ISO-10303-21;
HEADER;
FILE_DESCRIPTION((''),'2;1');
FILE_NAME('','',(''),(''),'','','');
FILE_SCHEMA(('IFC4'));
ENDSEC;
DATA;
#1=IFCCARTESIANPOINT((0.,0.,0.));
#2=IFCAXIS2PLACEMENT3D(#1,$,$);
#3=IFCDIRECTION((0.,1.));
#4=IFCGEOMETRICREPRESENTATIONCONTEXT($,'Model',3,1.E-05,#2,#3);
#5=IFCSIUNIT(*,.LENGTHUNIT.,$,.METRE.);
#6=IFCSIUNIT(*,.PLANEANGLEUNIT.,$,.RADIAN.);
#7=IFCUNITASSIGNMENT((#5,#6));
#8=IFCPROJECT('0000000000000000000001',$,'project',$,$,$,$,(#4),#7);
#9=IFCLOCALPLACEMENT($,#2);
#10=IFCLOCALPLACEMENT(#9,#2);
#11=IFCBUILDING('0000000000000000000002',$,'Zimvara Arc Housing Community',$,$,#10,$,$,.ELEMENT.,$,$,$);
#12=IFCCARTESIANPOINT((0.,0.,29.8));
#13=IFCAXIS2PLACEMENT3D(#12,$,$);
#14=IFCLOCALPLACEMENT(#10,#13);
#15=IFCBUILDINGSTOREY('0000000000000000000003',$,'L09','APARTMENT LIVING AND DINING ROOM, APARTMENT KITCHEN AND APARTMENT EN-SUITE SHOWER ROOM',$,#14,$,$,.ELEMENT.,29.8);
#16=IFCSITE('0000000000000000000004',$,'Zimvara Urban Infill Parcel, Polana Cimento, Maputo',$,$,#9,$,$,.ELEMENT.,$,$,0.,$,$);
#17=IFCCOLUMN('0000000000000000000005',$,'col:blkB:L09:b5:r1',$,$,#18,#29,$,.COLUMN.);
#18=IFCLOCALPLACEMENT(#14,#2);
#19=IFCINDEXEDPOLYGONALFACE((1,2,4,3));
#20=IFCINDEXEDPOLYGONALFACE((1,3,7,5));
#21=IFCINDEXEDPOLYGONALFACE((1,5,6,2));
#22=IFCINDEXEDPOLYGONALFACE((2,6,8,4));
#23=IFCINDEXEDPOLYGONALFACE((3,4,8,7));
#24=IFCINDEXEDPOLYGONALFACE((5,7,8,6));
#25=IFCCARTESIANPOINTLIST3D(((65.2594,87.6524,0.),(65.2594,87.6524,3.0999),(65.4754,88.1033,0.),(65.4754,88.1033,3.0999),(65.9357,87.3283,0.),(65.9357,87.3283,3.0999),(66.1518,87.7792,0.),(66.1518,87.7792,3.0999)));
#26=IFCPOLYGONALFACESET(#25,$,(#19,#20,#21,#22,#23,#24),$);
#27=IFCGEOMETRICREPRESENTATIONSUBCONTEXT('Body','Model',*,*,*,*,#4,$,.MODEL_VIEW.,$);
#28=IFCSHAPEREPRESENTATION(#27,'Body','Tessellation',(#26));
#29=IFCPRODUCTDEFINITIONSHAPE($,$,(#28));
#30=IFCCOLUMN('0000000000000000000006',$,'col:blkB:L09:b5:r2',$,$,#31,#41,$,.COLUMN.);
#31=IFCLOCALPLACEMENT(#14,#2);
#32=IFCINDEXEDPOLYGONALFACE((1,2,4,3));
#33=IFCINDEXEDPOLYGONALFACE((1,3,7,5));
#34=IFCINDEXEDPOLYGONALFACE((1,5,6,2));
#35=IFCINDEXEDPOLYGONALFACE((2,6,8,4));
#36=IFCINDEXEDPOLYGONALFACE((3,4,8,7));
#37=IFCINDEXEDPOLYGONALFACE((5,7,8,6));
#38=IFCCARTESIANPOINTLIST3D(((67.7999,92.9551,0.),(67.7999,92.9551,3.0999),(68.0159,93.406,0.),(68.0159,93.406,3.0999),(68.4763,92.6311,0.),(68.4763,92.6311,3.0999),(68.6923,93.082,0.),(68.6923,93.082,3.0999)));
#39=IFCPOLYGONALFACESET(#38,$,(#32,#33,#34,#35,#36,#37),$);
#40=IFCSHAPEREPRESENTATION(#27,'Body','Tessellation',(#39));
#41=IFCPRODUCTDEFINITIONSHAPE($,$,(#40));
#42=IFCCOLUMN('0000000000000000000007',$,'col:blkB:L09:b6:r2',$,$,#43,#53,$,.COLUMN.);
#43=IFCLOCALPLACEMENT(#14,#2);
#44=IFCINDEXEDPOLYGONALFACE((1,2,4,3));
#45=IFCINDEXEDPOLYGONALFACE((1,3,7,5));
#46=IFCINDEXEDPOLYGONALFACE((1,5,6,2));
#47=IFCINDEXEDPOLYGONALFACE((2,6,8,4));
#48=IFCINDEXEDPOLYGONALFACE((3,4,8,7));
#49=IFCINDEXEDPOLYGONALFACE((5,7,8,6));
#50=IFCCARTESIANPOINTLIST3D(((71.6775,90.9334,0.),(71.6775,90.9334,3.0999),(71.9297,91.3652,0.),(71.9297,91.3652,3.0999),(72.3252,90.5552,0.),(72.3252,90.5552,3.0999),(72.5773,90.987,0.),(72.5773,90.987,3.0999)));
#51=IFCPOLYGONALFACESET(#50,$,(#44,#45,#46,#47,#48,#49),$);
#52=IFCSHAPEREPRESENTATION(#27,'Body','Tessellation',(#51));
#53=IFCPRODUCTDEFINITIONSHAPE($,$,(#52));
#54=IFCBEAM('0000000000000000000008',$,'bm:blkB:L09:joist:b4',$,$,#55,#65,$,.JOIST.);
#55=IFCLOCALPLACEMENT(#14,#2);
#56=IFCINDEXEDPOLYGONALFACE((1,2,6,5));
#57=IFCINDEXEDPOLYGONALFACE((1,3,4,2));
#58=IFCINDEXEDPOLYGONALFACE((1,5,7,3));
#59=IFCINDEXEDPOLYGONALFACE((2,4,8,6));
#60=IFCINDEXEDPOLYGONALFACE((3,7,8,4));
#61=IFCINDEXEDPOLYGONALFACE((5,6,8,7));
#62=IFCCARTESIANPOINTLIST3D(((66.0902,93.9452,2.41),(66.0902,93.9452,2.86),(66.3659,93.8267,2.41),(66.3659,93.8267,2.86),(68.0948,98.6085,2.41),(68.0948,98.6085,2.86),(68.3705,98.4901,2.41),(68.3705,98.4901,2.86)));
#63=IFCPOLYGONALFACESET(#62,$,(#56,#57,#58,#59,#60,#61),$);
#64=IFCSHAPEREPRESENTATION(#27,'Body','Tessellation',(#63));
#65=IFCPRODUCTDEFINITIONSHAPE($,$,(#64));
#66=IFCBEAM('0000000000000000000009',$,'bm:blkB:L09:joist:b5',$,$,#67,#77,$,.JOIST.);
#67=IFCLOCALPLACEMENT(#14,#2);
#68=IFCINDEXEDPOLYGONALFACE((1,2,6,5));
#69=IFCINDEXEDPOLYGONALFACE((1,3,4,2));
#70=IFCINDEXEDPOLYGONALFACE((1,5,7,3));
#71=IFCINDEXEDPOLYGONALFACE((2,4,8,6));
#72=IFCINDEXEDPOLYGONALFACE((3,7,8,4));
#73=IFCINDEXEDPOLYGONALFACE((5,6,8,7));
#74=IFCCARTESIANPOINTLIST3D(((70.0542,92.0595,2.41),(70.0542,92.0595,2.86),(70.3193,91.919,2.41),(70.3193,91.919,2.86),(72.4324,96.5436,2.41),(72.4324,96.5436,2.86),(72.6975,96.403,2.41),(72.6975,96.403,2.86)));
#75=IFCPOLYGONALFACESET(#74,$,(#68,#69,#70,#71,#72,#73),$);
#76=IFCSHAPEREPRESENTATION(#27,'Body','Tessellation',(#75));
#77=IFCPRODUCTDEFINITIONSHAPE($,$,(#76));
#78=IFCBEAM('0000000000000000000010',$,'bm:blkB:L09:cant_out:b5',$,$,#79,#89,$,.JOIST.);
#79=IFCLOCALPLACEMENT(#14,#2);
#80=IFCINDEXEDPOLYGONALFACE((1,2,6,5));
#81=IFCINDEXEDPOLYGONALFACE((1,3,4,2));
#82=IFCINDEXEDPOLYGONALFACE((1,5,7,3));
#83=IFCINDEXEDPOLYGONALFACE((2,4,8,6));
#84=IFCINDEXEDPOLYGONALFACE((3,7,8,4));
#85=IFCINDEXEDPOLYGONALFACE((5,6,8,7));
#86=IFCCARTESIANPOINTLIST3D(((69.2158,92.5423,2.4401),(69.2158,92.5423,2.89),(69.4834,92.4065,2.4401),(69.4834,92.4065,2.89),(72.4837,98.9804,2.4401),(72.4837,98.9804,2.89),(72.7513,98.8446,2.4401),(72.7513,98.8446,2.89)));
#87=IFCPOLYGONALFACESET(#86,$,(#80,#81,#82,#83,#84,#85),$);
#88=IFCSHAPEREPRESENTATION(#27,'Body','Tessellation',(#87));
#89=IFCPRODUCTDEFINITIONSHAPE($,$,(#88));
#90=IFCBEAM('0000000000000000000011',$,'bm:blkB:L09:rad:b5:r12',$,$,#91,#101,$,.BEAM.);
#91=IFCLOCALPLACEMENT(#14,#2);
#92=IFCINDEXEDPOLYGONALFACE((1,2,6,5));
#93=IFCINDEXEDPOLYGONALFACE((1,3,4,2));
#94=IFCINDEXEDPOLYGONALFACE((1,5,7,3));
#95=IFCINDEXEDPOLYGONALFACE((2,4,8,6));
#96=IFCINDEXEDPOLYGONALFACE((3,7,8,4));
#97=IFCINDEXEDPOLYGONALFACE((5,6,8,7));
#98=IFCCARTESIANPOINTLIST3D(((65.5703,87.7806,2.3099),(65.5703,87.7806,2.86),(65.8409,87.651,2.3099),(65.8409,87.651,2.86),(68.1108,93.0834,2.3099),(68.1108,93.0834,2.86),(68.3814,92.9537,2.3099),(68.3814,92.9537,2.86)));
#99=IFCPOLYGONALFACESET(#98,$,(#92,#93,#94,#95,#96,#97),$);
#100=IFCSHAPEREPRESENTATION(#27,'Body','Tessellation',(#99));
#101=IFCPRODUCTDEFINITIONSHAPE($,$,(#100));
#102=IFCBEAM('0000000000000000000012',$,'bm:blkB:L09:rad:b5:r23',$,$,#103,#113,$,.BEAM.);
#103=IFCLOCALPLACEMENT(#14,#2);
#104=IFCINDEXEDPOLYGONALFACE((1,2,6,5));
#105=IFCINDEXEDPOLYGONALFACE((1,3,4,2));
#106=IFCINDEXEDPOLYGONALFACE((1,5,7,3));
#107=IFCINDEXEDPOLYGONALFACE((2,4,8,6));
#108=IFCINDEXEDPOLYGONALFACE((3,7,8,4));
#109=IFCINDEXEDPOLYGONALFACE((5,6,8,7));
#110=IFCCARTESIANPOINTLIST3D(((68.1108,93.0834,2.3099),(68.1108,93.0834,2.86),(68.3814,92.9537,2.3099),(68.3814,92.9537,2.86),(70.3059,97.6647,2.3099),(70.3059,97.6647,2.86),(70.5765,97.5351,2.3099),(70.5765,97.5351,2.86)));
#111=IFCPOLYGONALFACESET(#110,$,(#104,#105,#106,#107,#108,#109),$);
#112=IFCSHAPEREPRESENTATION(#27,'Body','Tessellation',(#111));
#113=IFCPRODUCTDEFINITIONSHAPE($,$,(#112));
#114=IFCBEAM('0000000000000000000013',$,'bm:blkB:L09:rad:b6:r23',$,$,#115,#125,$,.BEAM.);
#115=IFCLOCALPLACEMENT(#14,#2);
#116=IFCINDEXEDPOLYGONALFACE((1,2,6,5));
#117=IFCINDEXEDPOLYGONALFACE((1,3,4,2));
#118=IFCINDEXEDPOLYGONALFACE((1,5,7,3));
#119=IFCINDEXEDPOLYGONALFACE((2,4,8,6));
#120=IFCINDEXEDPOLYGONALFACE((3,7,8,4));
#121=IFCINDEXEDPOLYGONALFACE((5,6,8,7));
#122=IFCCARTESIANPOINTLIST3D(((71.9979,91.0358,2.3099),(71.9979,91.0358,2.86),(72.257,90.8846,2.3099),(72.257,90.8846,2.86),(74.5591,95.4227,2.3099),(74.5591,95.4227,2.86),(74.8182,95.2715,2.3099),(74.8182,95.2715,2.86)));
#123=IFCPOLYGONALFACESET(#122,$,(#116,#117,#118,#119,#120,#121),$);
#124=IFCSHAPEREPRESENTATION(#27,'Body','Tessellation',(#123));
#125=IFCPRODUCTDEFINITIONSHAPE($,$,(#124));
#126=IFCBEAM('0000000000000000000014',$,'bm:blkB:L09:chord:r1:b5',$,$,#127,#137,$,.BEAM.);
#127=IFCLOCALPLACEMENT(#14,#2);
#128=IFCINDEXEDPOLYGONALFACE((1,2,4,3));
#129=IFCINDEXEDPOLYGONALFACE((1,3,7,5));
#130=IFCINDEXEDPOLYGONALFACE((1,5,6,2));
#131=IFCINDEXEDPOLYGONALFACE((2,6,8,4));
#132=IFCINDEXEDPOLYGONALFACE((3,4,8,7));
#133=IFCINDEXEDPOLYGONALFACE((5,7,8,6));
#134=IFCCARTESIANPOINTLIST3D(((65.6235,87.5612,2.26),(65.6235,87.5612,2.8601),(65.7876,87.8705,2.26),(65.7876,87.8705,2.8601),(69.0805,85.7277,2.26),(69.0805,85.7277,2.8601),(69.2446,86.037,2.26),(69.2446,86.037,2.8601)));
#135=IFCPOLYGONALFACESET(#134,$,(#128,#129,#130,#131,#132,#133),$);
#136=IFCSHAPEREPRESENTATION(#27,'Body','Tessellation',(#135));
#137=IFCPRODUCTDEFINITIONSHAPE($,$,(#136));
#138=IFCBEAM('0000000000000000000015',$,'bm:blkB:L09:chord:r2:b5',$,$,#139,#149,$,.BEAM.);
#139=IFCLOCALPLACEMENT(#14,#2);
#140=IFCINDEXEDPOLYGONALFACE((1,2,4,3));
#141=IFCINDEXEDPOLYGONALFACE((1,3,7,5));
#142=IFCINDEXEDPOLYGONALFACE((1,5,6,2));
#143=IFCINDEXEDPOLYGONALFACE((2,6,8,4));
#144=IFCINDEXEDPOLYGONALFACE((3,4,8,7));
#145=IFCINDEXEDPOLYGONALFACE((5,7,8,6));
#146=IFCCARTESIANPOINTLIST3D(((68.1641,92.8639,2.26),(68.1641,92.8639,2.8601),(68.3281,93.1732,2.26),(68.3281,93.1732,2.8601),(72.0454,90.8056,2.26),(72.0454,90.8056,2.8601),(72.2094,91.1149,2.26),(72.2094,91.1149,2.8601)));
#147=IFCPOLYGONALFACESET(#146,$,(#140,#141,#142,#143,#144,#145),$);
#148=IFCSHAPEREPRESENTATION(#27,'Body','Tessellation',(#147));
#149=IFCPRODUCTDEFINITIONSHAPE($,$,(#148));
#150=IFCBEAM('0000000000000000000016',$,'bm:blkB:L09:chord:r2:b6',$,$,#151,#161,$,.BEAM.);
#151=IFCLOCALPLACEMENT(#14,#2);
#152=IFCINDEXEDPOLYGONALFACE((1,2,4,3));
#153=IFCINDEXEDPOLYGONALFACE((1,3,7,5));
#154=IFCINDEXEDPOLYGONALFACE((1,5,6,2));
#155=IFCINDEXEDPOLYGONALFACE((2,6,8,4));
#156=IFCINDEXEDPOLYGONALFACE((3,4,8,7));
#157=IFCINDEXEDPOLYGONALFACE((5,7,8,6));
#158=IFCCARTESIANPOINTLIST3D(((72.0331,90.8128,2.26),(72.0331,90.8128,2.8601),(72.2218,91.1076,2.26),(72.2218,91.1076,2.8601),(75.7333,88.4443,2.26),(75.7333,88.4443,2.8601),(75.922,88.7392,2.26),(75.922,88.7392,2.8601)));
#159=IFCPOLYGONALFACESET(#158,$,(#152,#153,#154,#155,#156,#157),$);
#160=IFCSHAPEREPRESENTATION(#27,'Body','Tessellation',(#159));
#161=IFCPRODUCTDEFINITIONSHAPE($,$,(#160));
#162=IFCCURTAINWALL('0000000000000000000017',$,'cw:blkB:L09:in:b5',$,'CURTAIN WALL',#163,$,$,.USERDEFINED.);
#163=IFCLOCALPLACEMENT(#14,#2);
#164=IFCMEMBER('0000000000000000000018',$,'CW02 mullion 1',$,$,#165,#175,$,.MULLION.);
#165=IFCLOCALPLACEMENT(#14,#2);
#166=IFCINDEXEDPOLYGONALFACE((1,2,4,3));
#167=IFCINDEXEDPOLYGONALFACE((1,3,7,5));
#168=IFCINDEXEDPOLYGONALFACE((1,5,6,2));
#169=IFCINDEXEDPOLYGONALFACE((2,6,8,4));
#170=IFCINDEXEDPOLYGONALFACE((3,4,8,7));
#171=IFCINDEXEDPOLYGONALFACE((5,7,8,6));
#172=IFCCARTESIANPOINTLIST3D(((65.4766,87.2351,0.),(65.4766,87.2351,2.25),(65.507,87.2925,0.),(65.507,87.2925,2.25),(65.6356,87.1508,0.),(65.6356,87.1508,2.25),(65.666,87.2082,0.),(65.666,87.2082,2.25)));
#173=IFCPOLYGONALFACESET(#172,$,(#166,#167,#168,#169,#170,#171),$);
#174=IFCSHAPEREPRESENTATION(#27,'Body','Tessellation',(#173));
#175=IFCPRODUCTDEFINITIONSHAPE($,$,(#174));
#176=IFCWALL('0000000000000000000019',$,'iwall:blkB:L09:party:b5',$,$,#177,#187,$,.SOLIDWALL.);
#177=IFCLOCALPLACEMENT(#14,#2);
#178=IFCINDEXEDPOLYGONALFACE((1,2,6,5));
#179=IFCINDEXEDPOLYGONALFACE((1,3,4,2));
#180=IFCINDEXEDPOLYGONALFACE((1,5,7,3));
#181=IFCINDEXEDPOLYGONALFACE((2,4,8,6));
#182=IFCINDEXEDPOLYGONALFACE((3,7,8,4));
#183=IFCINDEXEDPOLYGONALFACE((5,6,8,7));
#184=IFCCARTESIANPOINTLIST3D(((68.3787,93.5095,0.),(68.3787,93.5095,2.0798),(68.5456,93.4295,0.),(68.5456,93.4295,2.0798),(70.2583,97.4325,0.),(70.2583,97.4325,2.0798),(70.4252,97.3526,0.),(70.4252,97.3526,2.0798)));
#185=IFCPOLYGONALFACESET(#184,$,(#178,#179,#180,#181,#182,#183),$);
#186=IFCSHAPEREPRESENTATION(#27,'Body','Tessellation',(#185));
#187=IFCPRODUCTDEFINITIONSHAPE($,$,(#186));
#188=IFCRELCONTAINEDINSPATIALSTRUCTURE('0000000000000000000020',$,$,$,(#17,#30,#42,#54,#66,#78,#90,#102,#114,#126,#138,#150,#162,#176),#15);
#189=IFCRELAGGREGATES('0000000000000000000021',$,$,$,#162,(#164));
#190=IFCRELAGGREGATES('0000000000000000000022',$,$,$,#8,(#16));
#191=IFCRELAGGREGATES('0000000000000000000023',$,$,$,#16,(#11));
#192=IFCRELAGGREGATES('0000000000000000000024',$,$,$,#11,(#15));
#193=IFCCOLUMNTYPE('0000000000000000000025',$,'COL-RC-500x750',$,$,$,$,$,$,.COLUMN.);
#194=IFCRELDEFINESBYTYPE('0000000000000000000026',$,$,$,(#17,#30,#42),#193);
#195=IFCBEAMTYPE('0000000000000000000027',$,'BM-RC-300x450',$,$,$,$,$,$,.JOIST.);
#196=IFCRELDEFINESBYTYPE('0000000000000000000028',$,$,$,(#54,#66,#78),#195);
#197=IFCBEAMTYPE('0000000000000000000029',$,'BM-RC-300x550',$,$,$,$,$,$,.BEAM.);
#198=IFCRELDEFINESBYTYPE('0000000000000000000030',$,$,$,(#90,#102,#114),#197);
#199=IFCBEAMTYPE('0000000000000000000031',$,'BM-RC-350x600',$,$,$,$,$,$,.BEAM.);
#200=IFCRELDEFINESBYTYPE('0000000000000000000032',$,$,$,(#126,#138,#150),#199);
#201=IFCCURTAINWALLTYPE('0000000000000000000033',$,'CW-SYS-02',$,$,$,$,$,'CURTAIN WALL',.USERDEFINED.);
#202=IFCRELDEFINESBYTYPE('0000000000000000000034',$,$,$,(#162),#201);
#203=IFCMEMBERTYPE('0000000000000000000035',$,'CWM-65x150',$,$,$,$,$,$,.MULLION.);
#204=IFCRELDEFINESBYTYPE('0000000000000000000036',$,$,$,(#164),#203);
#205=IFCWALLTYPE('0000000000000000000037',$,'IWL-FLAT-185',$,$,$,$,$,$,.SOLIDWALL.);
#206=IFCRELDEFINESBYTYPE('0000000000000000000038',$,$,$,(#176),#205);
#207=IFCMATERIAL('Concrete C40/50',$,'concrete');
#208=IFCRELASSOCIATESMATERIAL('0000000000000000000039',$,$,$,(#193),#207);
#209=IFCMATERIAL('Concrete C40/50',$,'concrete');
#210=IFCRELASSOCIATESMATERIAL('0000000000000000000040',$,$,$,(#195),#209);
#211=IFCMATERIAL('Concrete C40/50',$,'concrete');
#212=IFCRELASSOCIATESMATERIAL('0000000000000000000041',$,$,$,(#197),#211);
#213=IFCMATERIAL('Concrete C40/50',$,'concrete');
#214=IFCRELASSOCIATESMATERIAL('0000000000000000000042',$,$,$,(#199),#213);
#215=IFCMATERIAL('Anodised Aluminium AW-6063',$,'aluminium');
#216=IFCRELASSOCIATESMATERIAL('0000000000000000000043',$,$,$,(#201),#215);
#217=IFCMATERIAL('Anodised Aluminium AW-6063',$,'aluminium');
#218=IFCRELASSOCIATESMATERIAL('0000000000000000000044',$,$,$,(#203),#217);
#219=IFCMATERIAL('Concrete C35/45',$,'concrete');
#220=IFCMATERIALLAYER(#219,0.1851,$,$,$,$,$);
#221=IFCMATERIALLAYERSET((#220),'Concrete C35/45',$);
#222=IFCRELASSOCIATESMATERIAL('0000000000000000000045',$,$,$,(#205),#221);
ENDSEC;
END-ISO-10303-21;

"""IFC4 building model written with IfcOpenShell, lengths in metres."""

from ifc_helpers import new_model, si_unit, direction, frame, frame_2d, origin, origin_2d, place, context, subcontext, project, spatial, rectangle, extrude, material, layer, layer_set, material_profile, profile_set, type_object, element, aggregate, save


model = new_model("IFC4")

# Units and contexts
model_context = context("Model", 3, precision=1e-05, world=origin(), true_north=direction((0.0, 1.0)))
body_context = subcontext(model_context, "Body", "Model", "MODEL_VIEW")
ifc_project = project(units=[si_unit("LENGTHUNIT", "METRE"), si_unit("PLANEANGLEUNIT", "RADIAN")], contexts=[model_context])

# Site, building, storey
site_placement = place(None, origin())
site = spatial("IfcSite", under=ifc_project, at=site_placement, Name="Zimvara Urban Infill Parcel, Polana Cimento, Maputo", CompositionType="ELEMENT", RefElevation=0.0)
building_placement = place(site_placement, origin())
building = spatial("IfcBuilding", under=site, at=building_placement, Name="Zimvara Arc Housing Community", CompositionType="ELEMENT")
storey_placement = place(building_placement, frame((0.0, 0.0, 29.8)))
storey = spatial("IfcBuildingStorey", under=building, at=storey_placement, Name="L09", Description="APARTMENT LIVING AND DINING ROOM, APARTMENT KITCHEN AND APARTMENT EN-SUITE SHOWER ROOM", CompositionType="ELEMENT", Elevation=29.8)

# Columns
ifc_material_1 = material(Name="Concrete C40/50", Category="concrete")
ifc_material_profile_1 = material_profile(ifc_material_1, rectangle(XDim=0.5, YDim=0.75, at=origin_2d()), Name="RC 500x750")
ifc_profile_set_1 = profile_set([ifc_material_profile_1], Name="Concrete C40/50")
column_type = type_object("IfcColumnType", Name="COL-RC-500x750", PredefinedType="COLUMN", material=ifc_profile_set_1)
for number, where, z_axis, x_axis, name in (
    (1, (65.7056, 87.7158, 0.0), (0.0, 0.0, 1.0), (0.432086, 0.901833, 0.0), "col:blkB:L09:b5:r1"),
    (2, (68.2461, 93.0186, 0.0), (0.0, 0.0, 1.0), (0.432086, 0.901833, 0.0), "col:blkB:L09:b5:r2"),
    (3, (72.1274, 90.9602, 0.0), (0.0, 0.0, 1.0), (0.504226, 0.863572, 0.0), "col:blkB:L09:b6:r2"),
):
    element("IfcColumn", number, at=place(storey_placement, frame(where, z_axis=z_axis, x_axis=x_axis)), inside=storey, type_object=column_type, Name=name, PredefinedType="COLUMN", context=body_context, shape_type="SweptSolid", body=[
        extrude(rectangle(XDim=0.5, YDim=0.75, at=origin_2d()), origin(), (0.0, 0.0, 1.0), 3.0999),
    ])

# Beams
ifc_material_2 = material(Name="Concrete C40/50", Category="concrete")
ifc_material_profile_2 = material_profile(ifc_material_2, rectangle(XDim=0.3, YDim=0.45, at=origin_2d()), Name="RC 300x450")
ifc_profile_set_2 = profile_set([ifc_material_profile_2], Name="Concrete C40/50")
beam_type_1 = type_object("IfcBeamType", Name="BM-RC-300x450", PredefinedType="JOIST", material=ifc_profile_set_2)
beam_1_placement = place(storey_placement, frame((66.228, 93.886, 2.635), z_axis=(0.394929, 0.918712, 0.0), x_axis=(-0.918712, 0.394929, 0.0)))
element("IfcBeam", 4, at=beam_1_placement, inside=storey, type_object=beam_type_1, Name="bm:blkB:L09:joist:b4", PredefinedType="JOIST", context=body_context, shape_type="SweptSolid", body=[
    extrude(rectangle(XDim=0.3, YDim=0.45, at=origin_2d()), origin(), (0.0, 0.0, 1.0), 5.0759),
])
beam_2_placement = place(storey_placement, frame((70.1868, 91.9893, 2.635), z_axis=(0.468537, 0.883444, 0.0), x_axis=(-0.883444, 0.468537, 0.0)))
element("IfcBeam", 5, at=beam_2_placement, inside=storey, type_object=beam_type_1, Name="bm:blkB:L09:joist:b5", PredefinedType="JOIST", context=body_context, shape_type="SweptSolid", body=[
    extrude(rectangle(XDim=0.3, YDim=0.45, at=origin_2d()), origin(), (0.0, 0.0, 1.0), 5.0757),
])
beam_3_placement = place(storey_placement, frame((69.3496, 92.4744, 2.665), z_axis=(0.452616, 0.891706, 0.0), x_axis=(-0.891706, 0.452616, 0.0)))
element("IfcBeam", 6, at=beam_3_placement, inside=storey, type_object=beam_type_1, Name="bm:blkB:L09:cant_out:b5", PredefinedType="JOIST", context=body_context, shape_type="SweptSolid", body=[
    extrude(rectangle(XDim=0.3, YDim=0.45, at=origin_2d()), origin(), (0.0, 0.0, 1.0), 7.22),
])
ifc_material_3 = material(Name="Concrete C40/50", Category="concrete")
ifc_material_profile_3 = material_profile(ifc_material_3, rectangle(XDim=0.3, YDim=0.55, at=origin_2d()), Name="RC 300x550")
ifc_profile_set_3 = profile_set([ifc_material_profile_3], Name="Concrete C40/50")
beam_type_2 = type_object("IfcBeamType", Name="BM-RC-300x550", PredefinedType="BEAM", material=ifc_profile_set_3)
beam_4_placement = place(storey_placement, frame((65.7056, 87.7158, 2.585), z_axis=(0.43207, 0.90184, 0.0), x_axis=(-0.90184, 0.43207, 0.0)))
element("IfcBeam", 7, at=beam_4_placement, inside=storey, type_object=beam_type_2, Name="bm:blkB:L09:rad:b5:r12", PredefinedType="BEAM", context=body_context, shape_type="SweptSolid", body=[
    extrude(rectangle(XDim=0.3, YDim=0.55, at=origin_2d()), origin(), (0.0, 0.0, 1.0), 5.8799),
])
beam_5_placement = place(storey_placement, frame((68.2461, 93.0186, 2.585), z_axis=(0.432098, 0.901827, 0.0), x_axis=(-0.901827, 0.432098, 0.0)))
element("IfcBeam", 8, at=beam_5_placement, inside=storey, type_object=beam_type_2, Name="bm:blkB:L09:rad:b5:r23", PredefinedType="BEAM", context=body_context, shape_type="SweptSolid", body=[
    extrude(rectangle(XDim=0.3, YDim=0.55, at=origin_2d()), origin(), (0.0, 0.0, 1.0), 5.0801),
])
beam_6_placement = place(storey_placement, frame((72.1274, 90.9602, 2.585), z_axis=(0.504197, 0.863589, 0.0), x_axis=(-0.863589, 0.504197, 0.0)))
element("IfcBeam", 9, at=beam_6_placement, inside=storey, type_object=beam_type_2, Name="bm:blkB:L09:rad:b6:r23", PredefinedType="BEAM", context=body_context, shape_type="SweptSolid", body=[
    extrude(rectangle(XDim=0.3, YDim=0.55, at=origin_2d()), origin(), (0.0, 0.0, 1.0), 5.0798),
])
ifc_material_4 = material(Name="Concrete C40/50", Category="concrete")
ifc_material_profile_4 = material_profile(ifc_material_4, rectangle(XDim=0.3501, YDim=0.6001, at=origin_2d()), Name="RC 350x600")
ifc_profile_set_4 = profile_set([ifc_material_profile_4], Name="Concrete C40/50")
beam_type_3 = type_object("IfcBeamType", Name="BM-RC-350x600", PredefinedType="BEAM", material=ifc_profile_set_4)
beam_7_placement = place(storey_placement, frame((65.7056, 87.7158, 2.5601), z_axis=(0.883439, -0.468547, 0.0), x_axis=(0.468547, 0.883439, 0.0)))
element("IfcBeam", 10, at=beam_7_placement, inside=storey, type_object=beam_type_3, Name="bm:blkB:L09:chord:r1:b5", PredefinedType="BEAM", context=body_context, shape_type="SweptSolid", body=[
    extrude(rectangle(XDim=0.3501, YDim=0.6001, at=origin_2d()), origin(), (0.0, 0.0, 1.0), 3.9131),
])
for number, where, z_axis, x_axis, name in (
    (11, (68.2461, 93.0186, 2.5601), (0.883457, -0.468513, 0.0), (0.468513, 0.883457, 0.0), "bm:blkB:L09:chord:r2:b5"),
    (12, (72.1274, 90.9602, 2.5601), (0.842242, -0.539099, 0.0), (0.539099, 0.842242, 0.0), "bm:blkB:L09:chord:r2:b6"),
):
    element("IfcBeam", number, at=place(storey_placement, frame(where, z_axis=z_axis, x_axis=x_axis)), inside=storey, type_object=beam_type_3, Name=name, PredefinedType="BEAM", context=body_context, shape_type="SweptSolid", body=[
        extrude(rectangle(XDim=0.3501, YDim=0.6001, at=origin_2d()), origin(), (0.0, 0.0, 1.0), 4.3933),
    ])

# Curtain wall, member
ifc_material_5 = material(Name="Anodised Aluminium AW-6063", Category="aluminium")
curtain_wall_type = type_object("IfcCurtainWallType", Name="CW-SYS-02", ElementType="CURTAIN WALL", PredefinedType="USERDEFINED", material=ifc_material_5)
curtain_wall_placement = place(storey_placement, origin())
curtain_wall = element("IfcCurtainWall", 13, at=curtain_wall_placement, inside=storey, type_object=curtain_wall_type, Name="cw:blkB:L09:in:b5", ObjectType="CURTAIN WALL", PredefinedType="USERDEFINED")
ifc_material_6 = material(Name="Anodised Aluminium AW-6063", Category="aluminium")
ifc_material_profile_5 = material_profile(ifc_material_6, rectangle(XDim=0.0649, YDim=0.1799, at=origin_2d()), Name="ALU 65x180")
ifc_profile_set_5 = profile_set([ifc_material_profile_5], Name="Anodised Aluminium AW-6063")
member_type = type_object("IfcMemberType", Name="CWM-65x150", PredefinedType="MULLION", material=ifc_profile_set_5)
member_placement = place(storey_placement, frame((65.5713, 87.2217, 0.0), z_axis=(0.0, 0.0, 1.0), x_axis=(0.468547, 0.883439, 0.0)))
member = element("IfcMember", 14, at=member_placement, type_object=member_type, Name="CW02 mullion 1", PredefinedType="MULLION", context=body_context, shape_type="SweptSolid", body=[
    extrude(rectangle(XDim=0.0649, YDim=0.1799, at=origin_2d()), origin(), (0.0, 0.0, 1.0), 2.25),
])
aggregate(curtain_wall, [member])

# Wall
ifc_material_7 = material(Name="Concrete C35/45", Category="concrete")
ifc_layer_1 = layer(ifc_material_7, 0.1851)
ifc_layer_set_1 = layer_set([ifc_layer_1], Name="Concrete C35/45")
wall_type_1 = type_object("IfcWallType", Name="IWL-FLAT-185", PredefinedType="SOLIDWALL", material=ifc_layer_set_1)
for number, where, z_axis, x_axis, name in (
    (15, (68.4622, 93.4695, 0.0), (0.0, 0.0, 1.0), (0.432087, 0.901832, 0.0), "iwall:blkB:L09:party:b5"),
):
    element("IfcWall", number, at=place(storey_placement, frame(where, z_axis=z_axis, x_axis=x_axis)), inside=storey, type_object=wall_type_1, Name=name, PredefinedType="SOLIDWALL", context=body_context, shape_type="SweptSolid", body=[
        extrude(rectangle(XDim=4.3501, YDim=0.1851, at=frame_2d((2.175, 0.0))), origin(), (0.0, 0.0, 1.0), 2.0798),
    ])

save(model, "model.ifc")
